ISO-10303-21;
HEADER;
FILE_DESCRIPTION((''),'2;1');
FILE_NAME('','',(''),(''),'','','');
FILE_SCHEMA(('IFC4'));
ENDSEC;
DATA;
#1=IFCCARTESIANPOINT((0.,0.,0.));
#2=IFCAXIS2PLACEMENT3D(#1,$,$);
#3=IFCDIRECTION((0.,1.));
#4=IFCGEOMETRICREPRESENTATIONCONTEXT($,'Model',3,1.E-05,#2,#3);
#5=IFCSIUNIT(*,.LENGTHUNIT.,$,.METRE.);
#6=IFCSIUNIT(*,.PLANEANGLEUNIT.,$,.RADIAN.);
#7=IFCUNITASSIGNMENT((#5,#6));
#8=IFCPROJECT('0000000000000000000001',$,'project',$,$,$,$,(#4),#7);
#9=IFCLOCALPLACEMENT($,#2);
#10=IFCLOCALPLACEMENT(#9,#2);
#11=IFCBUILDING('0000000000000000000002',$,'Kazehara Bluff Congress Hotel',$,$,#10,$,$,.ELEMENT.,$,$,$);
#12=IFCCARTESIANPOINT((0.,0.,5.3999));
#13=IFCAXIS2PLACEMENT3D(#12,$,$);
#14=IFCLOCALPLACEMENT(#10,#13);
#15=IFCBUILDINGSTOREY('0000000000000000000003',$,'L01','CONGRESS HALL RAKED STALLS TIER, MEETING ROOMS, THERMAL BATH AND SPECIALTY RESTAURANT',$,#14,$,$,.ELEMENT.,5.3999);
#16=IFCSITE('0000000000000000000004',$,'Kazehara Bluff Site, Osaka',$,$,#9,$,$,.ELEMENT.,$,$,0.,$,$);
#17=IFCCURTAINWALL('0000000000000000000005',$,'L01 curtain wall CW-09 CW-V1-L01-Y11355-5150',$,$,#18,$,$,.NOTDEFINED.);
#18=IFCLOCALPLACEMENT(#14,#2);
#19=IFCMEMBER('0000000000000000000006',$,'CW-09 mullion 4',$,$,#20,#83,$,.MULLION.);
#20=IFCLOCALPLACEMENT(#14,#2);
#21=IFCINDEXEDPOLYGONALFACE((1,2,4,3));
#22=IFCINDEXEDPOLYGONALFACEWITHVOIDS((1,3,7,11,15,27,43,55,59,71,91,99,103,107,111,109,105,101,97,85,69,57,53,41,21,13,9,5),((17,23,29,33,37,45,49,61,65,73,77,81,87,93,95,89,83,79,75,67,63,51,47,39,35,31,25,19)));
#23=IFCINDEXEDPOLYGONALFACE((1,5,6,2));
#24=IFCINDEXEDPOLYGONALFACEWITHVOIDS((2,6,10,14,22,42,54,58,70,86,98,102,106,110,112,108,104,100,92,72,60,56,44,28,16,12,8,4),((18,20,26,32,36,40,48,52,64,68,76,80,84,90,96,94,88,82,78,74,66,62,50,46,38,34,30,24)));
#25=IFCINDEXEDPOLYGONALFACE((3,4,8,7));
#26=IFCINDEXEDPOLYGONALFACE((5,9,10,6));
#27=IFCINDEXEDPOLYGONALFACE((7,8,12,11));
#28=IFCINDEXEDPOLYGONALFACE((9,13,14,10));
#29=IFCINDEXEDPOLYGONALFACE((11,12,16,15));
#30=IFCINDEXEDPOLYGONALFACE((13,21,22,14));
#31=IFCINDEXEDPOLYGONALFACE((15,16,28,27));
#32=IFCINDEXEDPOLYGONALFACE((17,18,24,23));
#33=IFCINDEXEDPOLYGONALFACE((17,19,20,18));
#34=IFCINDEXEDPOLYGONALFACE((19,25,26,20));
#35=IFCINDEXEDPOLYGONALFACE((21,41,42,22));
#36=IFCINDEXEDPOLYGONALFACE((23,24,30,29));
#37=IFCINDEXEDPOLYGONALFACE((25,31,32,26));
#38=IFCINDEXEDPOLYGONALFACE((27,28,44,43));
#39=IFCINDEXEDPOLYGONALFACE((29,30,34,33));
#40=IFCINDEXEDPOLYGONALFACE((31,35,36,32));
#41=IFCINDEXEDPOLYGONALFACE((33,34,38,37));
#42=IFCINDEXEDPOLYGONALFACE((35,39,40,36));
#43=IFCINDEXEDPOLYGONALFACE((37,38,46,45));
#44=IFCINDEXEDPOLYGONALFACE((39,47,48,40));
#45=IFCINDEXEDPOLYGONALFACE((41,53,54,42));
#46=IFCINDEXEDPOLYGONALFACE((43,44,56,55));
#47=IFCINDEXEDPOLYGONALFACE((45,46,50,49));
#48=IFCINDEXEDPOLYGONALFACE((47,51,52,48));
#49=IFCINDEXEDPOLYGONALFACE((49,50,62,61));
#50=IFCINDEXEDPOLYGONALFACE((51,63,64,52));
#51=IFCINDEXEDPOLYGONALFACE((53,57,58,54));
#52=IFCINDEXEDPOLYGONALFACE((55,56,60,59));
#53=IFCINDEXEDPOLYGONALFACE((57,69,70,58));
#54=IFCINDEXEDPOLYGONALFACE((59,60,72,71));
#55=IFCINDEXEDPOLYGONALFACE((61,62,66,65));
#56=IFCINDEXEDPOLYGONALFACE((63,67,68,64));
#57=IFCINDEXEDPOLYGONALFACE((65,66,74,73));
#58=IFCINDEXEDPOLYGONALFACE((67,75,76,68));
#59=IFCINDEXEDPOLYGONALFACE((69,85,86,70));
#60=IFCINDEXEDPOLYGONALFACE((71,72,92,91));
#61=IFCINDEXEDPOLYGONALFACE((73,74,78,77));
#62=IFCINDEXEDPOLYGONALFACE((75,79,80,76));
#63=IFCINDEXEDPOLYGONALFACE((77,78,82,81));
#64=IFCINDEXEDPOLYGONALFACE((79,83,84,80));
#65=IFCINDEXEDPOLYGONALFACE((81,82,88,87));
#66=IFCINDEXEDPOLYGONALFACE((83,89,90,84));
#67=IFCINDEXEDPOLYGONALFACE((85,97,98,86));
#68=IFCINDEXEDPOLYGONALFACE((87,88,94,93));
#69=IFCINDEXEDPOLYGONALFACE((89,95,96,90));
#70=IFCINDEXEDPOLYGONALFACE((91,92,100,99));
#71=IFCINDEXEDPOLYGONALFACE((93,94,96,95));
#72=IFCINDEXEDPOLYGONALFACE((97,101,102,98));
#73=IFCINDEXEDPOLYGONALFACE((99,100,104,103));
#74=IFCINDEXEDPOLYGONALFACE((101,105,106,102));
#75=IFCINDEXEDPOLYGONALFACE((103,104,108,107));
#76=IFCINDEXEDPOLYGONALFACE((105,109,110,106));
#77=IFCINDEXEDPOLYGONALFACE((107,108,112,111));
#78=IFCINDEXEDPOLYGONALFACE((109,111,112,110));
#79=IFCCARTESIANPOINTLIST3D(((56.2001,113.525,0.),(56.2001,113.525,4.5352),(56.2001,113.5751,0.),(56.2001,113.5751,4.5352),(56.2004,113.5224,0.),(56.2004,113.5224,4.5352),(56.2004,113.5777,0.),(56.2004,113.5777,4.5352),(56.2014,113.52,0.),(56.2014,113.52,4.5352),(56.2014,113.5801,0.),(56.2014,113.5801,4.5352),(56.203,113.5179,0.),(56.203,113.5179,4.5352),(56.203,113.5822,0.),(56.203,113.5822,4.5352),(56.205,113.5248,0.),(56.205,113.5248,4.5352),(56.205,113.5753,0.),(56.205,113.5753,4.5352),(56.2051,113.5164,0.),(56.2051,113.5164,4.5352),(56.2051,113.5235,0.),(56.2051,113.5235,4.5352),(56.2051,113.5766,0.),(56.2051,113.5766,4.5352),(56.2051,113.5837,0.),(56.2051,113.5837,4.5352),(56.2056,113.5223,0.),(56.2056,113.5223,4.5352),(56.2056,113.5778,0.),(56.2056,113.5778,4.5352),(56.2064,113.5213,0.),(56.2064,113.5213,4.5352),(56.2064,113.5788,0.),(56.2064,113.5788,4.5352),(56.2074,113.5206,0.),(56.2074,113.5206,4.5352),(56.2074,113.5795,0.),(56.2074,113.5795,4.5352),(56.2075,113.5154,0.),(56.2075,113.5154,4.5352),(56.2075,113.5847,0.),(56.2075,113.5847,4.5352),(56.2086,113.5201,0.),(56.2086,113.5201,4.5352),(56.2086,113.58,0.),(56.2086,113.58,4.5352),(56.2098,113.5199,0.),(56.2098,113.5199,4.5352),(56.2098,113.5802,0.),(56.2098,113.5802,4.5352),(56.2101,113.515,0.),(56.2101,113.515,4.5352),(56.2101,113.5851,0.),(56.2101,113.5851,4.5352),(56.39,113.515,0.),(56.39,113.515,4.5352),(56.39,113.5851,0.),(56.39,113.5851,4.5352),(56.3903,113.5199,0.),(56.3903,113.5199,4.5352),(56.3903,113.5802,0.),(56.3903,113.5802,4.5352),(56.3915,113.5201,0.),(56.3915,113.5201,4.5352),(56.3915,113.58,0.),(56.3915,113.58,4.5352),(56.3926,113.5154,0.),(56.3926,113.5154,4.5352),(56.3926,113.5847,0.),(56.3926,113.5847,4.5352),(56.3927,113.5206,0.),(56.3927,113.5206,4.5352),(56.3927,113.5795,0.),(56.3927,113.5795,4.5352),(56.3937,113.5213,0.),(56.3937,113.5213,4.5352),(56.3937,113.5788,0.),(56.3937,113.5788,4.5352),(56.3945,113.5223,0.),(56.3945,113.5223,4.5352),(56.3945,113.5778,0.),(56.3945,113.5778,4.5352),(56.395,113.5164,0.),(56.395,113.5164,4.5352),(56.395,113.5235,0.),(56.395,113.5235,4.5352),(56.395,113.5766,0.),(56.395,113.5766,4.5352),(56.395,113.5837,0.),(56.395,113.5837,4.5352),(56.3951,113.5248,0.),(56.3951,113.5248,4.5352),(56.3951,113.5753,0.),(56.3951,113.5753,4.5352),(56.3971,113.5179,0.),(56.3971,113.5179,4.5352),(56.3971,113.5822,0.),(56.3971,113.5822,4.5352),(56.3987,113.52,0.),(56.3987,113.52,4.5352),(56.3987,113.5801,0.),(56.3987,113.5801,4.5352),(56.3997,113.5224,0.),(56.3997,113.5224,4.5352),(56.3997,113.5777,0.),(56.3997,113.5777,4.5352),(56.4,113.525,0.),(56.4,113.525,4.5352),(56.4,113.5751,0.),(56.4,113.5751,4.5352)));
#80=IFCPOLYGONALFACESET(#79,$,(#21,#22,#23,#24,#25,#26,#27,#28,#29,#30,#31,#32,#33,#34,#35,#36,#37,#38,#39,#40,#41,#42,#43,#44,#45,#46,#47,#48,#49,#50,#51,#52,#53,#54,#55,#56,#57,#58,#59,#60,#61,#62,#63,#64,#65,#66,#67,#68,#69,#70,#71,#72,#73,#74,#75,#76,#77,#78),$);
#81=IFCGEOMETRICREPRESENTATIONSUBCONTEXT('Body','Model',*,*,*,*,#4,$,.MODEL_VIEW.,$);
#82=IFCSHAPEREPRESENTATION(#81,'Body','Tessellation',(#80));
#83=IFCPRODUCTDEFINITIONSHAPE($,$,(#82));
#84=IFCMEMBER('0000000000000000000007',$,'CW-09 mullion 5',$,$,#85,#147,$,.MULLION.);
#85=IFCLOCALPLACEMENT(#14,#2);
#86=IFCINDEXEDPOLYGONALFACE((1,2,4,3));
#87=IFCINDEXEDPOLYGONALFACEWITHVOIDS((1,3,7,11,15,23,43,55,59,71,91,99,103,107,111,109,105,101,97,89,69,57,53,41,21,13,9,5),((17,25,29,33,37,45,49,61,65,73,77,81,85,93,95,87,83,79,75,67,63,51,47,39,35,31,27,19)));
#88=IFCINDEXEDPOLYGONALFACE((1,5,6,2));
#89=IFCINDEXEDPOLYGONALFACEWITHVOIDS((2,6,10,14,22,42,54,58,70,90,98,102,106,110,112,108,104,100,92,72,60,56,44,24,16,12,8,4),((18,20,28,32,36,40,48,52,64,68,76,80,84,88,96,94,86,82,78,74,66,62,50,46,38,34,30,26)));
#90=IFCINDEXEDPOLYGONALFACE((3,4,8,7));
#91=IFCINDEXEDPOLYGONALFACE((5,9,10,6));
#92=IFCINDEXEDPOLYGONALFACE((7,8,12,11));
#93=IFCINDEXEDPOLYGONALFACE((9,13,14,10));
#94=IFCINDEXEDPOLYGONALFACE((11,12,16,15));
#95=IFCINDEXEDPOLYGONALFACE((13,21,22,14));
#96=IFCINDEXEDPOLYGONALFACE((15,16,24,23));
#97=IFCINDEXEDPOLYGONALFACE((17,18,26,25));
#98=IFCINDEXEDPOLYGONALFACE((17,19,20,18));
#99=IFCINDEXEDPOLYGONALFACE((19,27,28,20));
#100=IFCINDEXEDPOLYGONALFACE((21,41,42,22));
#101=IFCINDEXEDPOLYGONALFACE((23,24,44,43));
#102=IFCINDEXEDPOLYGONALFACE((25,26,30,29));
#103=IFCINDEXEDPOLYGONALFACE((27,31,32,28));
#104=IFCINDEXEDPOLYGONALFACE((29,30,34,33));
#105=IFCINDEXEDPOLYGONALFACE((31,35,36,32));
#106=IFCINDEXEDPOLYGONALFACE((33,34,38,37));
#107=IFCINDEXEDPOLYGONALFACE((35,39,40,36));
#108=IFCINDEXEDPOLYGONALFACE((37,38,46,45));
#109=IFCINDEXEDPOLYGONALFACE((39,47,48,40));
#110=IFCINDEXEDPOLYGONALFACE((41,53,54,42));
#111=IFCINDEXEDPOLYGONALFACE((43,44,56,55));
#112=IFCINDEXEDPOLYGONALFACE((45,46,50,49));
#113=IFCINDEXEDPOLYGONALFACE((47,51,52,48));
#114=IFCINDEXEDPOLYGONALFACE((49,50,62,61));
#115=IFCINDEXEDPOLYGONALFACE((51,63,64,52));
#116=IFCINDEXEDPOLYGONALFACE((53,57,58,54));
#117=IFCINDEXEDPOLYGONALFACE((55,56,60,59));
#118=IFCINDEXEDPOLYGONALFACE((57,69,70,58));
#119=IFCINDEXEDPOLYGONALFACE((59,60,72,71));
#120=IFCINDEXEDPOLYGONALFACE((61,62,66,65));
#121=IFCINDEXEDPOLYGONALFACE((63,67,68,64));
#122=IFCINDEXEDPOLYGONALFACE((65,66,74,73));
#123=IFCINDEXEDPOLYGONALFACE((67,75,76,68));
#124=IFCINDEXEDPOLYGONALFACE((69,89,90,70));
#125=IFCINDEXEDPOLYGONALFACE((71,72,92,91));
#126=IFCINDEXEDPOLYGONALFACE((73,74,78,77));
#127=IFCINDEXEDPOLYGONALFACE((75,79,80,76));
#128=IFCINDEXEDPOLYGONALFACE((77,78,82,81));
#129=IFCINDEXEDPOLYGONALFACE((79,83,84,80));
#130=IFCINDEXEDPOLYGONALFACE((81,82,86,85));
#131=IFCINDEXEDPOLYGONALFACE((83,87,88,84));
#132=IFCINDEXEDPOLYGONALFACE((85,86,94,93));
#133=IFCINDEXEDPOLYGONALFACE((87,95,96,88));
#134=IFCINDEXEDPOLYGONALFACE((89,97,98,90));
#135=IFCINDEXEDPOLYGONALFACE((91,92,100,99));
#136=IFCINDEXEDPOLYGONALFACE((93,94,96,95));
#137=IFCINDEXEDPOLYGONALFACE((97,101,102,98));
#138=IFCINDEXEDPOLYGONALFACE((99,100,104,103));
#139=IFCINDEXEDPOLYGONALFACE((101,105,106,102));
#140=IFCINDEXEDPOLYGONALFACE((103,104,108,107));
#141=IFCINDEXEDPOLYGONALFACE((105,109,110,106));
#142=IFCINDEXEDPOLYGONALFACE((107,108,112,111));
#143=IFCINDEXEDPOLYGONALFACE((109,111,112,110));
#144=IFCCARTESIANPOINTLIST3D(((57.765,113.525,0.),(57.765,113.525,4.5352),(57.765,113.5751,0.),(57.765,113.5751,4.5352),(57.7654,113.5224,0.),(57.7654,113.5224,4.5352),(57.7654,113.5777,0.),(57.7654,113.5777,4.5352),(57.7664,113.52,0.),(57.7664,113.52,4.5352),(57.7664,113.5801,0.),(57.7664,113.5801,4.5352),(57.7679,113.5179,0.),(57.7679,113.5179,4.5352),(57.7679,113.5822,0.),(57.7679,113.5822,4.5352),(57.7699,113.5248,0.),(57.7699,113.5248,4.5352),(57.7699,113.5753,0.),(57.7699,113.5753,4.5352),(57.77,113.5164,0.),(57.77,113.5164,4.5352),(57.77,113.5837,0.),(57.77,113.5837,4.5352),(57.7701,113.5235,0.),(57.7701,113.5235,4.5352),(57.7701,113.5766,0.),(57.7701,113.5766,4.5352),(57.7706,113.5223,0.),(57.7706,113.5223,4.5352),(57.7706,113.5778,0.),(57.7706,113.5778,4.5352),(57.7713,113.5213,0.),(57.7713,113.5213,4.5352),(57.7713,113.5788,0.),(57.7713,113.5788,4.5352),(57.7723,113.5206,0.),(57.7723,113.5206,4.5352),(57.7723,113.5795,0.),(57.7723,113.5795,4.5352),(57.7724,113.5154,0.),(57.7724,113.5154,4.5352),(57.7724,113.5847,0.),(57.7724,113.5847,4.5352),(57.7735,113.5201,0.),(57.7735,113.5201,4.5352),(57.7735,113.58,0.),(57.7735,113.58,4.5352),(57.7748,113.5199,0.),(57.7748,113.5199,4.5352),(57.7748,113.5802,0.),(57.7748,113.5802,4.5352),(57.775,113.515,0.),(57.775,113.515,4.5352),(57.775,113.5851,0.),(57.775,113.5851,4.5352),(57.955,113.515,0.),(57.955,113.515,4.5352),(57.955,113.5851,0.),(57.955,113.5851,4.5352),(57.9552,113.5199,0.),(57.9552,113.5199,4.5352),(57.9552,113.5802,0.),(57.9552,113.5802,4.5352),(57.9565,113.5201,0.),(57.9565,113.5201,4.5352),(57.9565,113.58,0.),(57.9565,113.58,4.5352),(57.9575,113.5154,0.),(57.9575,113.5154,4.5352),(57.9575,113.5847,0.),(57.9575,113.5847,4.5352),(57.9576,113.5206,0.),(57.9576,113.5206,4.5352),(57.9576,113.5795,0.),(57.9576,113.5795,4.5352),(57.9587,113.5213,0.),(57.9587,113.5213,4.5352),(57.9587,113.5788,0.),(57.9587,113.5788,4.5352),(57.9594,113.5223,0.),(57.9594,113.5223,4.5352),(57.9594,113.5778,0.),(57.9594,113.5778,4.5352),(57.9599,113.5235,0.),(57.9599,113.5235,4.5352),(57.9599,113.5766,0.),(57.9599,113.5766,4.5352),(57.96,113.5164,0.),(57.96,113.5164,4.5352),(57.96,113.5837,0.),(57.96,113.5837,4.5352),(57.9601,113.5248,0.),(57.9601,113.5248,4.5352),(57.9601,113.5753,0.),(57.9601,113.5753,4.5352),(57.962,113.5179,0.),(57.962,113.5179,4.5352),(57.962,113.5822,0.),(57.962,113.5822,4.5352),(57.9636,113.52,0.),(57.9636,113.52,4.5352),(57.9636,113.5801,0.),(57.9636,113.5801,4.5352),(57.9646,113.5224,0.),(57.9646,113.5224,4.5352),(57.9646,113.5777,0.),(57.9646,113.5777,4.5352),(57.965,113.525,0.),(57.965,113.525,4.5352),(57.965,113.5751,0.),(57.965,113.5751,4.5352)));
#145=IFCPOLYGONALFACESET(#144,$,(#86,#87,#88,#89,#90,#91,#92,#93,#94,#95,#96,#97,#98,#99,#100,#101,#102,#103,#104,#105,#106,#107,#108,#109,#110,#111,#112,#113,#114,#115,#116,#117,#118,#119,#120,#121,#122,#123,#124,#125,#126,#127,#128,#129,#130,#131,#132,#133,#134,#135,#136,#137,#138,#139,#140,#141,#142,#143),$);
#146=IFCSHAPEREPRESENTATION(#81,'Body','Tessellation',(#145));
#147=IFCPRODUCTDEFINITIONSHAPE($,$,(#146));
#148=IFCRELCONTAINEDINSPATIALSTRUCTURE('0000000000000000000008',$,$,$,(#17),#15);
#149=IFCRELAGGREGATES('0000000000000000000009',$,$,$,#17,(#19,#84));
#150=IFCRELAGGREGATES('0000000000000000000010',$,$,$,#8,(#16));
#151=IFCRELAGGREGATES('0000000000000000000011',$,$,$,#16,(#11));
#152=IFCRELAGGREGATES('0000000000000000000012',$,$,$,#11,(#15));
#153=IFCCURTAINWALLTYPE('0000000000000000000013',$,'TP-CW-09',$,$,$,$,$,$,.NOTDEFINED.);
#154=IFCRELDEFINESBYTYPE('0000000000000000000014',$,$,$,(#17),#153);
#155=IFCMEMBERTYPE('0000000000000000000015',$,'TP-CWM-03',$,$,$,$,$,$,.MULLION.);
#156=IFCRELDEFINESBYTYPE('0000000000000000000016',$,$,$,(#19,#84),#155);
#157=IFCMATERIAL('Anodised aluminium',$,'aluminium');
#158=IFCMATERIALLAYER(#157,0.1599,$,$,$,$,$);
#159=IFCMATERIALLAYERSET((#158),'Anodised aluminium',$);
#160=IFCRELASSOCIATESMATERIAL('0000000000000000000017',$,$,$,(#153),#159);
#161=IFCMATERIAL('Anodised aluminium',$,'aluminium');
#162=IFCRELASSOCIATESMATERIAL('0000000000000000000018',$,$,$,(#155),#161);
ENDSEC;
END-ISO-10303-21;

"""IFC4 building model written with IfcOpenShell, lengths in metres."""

from ifc_helpers import new_model, si_unit, direction, frame, origin, origin_2d, place, context, subcontext, project, spatial, hollow_rectangle, extrude, material, layer, layer_set, material_profile, profile_set, type_object, element, aggregate, save


model = new_model("IFC4")

# Units and contexts
model_context = context("Model", 3, precision=1e-05, world=origin(), true_north=direction((0.0, 1.0)))
body_context = subcontext(model_context, "Body", "Model", "MODEL_VIEW")
ifc_project = project(units=[si_unit("LENGTHUNIT", "METRE"), si_unit("PLANEANGLEUNIT", "RADIAN")], contexts=[model_context])

# Site, building, storey
site_placement = place(None, origin())
site = spatial("IfcSite", under=ifc_project, at=site_placement, Name="Kazehara Bluff Site, Osaka", CompositionType="ELEMENT", RefElevation=0.0)
building_placement = place(site_placement, origin())
building = spatial("IfcBuilding", under=site, at=building_placement, Name="Kazehara Bluff Congress Hotel", CompositionType="ELEMENT")
storey_placement = place(building_placement, frame((0.0, 0.0, 5.3999)))
storey = spatial("IfcBuildingStorey", under=building, at=storey_placement, Name="L01", Description="CONGRESS HALL RAKED STALLS TIER, MEETING ROOMS, THERMAL BATH AND SPECIALTY RESTAURANT", CompositionType="ELEMENT", Elevation=5.3999)

# Curtain wall, members
ifc_material_1 = material(Name="Anodised aluminium", Category="aluminium")
ifc_layer_1 = layer(ifc_material_1, 0.1599)
ifc_layer_set_1 = layer_set([ifc_layer_1], Name="Anodised aluminium")
curtain_wall_type = type_object("IfcCurtainWallType", Name="TP-CW-09", PredefinedType="NOTDEFINED", material=ifc_layer_set_1)
curtain_wall_placement = place(storey_placement, origin())
curtain_wall = element("IfcCurtainWall", 1, at=curtain_wall_placement, inside=storey, type_object=curtain_wall_type, Name="L01 curtain wall CW-09 CW-V1-L01-Y11355-5150", PredefinedType="NOTDEFINED")
ifc_material_2 = material(Name="Anodised aluminium", Category="aluminium")
ifc_material_profile_1 = material_profile(ifc_material_2, hollow_rectangle(XDim=0.0701, YDim=0.2, WallThickness=0.0049, InnerFilletRadius=0.0049, OuterFilletRadius=0.01, at=origin_2d()))
ifc_profile_set_1 = profile_set([ifc_material_profile_1], Name="Anodised aluminium")
member_type_1 = type_object("IfcMemberType", Name="TP-CWM-03", PredefinedType="MULLION", material=ifc_profile_set_1)
member_1_placement = place(storey_placement, frame((56.3, 113.55, 0.0), z_axis=(0.0, 0.0, 1.0), x_axis=(0.0, 1.0, 0.0)))
member_1 = element("IfcMember", 2, at=member_1_placement, type_object=member_type_1, Name="CW-09 mullion 4", PredefinedType="MULLION", context=body_context, shape_type="SweptSolid", body=[
    extrude(hollow_rectangle(XDim=0.0701, YDim=0.2, WallThickness=0.0049, InnerFilletRadius=0.0049, OuterFilletRadius=0.01, at=origin_2d()), origin(), (0.0, 0.0, 1.0), 4.5352),
])
member_2_placement = place(storey_placement, frame((57.865, 113.55, 0.0), z_axis=(0.0, 0.0, 1.0), x_axis=(0.0, 1.0, 0.0)))
member_2 = element("IfcMember", 3, at=member_2_placement, type_object=member_type_1, Name="CW-09 mullion 5", PredefinedType="MULLION", context=body_context, shape_type="SweptSolid", body=[
    extrude(hollow_rectangle(XDim=0.0701, YDim=0.2, WallThickness=0.0049, InnerFilletRadius=0.0049, OuterFilletRadius=0.01, at=origin_2d()), origin(), (0.0, 0.0, 1.0), 4.5352),
])
aggregate(curtain_wall, [member_1, member_2])

save(model, "model.ifc")
